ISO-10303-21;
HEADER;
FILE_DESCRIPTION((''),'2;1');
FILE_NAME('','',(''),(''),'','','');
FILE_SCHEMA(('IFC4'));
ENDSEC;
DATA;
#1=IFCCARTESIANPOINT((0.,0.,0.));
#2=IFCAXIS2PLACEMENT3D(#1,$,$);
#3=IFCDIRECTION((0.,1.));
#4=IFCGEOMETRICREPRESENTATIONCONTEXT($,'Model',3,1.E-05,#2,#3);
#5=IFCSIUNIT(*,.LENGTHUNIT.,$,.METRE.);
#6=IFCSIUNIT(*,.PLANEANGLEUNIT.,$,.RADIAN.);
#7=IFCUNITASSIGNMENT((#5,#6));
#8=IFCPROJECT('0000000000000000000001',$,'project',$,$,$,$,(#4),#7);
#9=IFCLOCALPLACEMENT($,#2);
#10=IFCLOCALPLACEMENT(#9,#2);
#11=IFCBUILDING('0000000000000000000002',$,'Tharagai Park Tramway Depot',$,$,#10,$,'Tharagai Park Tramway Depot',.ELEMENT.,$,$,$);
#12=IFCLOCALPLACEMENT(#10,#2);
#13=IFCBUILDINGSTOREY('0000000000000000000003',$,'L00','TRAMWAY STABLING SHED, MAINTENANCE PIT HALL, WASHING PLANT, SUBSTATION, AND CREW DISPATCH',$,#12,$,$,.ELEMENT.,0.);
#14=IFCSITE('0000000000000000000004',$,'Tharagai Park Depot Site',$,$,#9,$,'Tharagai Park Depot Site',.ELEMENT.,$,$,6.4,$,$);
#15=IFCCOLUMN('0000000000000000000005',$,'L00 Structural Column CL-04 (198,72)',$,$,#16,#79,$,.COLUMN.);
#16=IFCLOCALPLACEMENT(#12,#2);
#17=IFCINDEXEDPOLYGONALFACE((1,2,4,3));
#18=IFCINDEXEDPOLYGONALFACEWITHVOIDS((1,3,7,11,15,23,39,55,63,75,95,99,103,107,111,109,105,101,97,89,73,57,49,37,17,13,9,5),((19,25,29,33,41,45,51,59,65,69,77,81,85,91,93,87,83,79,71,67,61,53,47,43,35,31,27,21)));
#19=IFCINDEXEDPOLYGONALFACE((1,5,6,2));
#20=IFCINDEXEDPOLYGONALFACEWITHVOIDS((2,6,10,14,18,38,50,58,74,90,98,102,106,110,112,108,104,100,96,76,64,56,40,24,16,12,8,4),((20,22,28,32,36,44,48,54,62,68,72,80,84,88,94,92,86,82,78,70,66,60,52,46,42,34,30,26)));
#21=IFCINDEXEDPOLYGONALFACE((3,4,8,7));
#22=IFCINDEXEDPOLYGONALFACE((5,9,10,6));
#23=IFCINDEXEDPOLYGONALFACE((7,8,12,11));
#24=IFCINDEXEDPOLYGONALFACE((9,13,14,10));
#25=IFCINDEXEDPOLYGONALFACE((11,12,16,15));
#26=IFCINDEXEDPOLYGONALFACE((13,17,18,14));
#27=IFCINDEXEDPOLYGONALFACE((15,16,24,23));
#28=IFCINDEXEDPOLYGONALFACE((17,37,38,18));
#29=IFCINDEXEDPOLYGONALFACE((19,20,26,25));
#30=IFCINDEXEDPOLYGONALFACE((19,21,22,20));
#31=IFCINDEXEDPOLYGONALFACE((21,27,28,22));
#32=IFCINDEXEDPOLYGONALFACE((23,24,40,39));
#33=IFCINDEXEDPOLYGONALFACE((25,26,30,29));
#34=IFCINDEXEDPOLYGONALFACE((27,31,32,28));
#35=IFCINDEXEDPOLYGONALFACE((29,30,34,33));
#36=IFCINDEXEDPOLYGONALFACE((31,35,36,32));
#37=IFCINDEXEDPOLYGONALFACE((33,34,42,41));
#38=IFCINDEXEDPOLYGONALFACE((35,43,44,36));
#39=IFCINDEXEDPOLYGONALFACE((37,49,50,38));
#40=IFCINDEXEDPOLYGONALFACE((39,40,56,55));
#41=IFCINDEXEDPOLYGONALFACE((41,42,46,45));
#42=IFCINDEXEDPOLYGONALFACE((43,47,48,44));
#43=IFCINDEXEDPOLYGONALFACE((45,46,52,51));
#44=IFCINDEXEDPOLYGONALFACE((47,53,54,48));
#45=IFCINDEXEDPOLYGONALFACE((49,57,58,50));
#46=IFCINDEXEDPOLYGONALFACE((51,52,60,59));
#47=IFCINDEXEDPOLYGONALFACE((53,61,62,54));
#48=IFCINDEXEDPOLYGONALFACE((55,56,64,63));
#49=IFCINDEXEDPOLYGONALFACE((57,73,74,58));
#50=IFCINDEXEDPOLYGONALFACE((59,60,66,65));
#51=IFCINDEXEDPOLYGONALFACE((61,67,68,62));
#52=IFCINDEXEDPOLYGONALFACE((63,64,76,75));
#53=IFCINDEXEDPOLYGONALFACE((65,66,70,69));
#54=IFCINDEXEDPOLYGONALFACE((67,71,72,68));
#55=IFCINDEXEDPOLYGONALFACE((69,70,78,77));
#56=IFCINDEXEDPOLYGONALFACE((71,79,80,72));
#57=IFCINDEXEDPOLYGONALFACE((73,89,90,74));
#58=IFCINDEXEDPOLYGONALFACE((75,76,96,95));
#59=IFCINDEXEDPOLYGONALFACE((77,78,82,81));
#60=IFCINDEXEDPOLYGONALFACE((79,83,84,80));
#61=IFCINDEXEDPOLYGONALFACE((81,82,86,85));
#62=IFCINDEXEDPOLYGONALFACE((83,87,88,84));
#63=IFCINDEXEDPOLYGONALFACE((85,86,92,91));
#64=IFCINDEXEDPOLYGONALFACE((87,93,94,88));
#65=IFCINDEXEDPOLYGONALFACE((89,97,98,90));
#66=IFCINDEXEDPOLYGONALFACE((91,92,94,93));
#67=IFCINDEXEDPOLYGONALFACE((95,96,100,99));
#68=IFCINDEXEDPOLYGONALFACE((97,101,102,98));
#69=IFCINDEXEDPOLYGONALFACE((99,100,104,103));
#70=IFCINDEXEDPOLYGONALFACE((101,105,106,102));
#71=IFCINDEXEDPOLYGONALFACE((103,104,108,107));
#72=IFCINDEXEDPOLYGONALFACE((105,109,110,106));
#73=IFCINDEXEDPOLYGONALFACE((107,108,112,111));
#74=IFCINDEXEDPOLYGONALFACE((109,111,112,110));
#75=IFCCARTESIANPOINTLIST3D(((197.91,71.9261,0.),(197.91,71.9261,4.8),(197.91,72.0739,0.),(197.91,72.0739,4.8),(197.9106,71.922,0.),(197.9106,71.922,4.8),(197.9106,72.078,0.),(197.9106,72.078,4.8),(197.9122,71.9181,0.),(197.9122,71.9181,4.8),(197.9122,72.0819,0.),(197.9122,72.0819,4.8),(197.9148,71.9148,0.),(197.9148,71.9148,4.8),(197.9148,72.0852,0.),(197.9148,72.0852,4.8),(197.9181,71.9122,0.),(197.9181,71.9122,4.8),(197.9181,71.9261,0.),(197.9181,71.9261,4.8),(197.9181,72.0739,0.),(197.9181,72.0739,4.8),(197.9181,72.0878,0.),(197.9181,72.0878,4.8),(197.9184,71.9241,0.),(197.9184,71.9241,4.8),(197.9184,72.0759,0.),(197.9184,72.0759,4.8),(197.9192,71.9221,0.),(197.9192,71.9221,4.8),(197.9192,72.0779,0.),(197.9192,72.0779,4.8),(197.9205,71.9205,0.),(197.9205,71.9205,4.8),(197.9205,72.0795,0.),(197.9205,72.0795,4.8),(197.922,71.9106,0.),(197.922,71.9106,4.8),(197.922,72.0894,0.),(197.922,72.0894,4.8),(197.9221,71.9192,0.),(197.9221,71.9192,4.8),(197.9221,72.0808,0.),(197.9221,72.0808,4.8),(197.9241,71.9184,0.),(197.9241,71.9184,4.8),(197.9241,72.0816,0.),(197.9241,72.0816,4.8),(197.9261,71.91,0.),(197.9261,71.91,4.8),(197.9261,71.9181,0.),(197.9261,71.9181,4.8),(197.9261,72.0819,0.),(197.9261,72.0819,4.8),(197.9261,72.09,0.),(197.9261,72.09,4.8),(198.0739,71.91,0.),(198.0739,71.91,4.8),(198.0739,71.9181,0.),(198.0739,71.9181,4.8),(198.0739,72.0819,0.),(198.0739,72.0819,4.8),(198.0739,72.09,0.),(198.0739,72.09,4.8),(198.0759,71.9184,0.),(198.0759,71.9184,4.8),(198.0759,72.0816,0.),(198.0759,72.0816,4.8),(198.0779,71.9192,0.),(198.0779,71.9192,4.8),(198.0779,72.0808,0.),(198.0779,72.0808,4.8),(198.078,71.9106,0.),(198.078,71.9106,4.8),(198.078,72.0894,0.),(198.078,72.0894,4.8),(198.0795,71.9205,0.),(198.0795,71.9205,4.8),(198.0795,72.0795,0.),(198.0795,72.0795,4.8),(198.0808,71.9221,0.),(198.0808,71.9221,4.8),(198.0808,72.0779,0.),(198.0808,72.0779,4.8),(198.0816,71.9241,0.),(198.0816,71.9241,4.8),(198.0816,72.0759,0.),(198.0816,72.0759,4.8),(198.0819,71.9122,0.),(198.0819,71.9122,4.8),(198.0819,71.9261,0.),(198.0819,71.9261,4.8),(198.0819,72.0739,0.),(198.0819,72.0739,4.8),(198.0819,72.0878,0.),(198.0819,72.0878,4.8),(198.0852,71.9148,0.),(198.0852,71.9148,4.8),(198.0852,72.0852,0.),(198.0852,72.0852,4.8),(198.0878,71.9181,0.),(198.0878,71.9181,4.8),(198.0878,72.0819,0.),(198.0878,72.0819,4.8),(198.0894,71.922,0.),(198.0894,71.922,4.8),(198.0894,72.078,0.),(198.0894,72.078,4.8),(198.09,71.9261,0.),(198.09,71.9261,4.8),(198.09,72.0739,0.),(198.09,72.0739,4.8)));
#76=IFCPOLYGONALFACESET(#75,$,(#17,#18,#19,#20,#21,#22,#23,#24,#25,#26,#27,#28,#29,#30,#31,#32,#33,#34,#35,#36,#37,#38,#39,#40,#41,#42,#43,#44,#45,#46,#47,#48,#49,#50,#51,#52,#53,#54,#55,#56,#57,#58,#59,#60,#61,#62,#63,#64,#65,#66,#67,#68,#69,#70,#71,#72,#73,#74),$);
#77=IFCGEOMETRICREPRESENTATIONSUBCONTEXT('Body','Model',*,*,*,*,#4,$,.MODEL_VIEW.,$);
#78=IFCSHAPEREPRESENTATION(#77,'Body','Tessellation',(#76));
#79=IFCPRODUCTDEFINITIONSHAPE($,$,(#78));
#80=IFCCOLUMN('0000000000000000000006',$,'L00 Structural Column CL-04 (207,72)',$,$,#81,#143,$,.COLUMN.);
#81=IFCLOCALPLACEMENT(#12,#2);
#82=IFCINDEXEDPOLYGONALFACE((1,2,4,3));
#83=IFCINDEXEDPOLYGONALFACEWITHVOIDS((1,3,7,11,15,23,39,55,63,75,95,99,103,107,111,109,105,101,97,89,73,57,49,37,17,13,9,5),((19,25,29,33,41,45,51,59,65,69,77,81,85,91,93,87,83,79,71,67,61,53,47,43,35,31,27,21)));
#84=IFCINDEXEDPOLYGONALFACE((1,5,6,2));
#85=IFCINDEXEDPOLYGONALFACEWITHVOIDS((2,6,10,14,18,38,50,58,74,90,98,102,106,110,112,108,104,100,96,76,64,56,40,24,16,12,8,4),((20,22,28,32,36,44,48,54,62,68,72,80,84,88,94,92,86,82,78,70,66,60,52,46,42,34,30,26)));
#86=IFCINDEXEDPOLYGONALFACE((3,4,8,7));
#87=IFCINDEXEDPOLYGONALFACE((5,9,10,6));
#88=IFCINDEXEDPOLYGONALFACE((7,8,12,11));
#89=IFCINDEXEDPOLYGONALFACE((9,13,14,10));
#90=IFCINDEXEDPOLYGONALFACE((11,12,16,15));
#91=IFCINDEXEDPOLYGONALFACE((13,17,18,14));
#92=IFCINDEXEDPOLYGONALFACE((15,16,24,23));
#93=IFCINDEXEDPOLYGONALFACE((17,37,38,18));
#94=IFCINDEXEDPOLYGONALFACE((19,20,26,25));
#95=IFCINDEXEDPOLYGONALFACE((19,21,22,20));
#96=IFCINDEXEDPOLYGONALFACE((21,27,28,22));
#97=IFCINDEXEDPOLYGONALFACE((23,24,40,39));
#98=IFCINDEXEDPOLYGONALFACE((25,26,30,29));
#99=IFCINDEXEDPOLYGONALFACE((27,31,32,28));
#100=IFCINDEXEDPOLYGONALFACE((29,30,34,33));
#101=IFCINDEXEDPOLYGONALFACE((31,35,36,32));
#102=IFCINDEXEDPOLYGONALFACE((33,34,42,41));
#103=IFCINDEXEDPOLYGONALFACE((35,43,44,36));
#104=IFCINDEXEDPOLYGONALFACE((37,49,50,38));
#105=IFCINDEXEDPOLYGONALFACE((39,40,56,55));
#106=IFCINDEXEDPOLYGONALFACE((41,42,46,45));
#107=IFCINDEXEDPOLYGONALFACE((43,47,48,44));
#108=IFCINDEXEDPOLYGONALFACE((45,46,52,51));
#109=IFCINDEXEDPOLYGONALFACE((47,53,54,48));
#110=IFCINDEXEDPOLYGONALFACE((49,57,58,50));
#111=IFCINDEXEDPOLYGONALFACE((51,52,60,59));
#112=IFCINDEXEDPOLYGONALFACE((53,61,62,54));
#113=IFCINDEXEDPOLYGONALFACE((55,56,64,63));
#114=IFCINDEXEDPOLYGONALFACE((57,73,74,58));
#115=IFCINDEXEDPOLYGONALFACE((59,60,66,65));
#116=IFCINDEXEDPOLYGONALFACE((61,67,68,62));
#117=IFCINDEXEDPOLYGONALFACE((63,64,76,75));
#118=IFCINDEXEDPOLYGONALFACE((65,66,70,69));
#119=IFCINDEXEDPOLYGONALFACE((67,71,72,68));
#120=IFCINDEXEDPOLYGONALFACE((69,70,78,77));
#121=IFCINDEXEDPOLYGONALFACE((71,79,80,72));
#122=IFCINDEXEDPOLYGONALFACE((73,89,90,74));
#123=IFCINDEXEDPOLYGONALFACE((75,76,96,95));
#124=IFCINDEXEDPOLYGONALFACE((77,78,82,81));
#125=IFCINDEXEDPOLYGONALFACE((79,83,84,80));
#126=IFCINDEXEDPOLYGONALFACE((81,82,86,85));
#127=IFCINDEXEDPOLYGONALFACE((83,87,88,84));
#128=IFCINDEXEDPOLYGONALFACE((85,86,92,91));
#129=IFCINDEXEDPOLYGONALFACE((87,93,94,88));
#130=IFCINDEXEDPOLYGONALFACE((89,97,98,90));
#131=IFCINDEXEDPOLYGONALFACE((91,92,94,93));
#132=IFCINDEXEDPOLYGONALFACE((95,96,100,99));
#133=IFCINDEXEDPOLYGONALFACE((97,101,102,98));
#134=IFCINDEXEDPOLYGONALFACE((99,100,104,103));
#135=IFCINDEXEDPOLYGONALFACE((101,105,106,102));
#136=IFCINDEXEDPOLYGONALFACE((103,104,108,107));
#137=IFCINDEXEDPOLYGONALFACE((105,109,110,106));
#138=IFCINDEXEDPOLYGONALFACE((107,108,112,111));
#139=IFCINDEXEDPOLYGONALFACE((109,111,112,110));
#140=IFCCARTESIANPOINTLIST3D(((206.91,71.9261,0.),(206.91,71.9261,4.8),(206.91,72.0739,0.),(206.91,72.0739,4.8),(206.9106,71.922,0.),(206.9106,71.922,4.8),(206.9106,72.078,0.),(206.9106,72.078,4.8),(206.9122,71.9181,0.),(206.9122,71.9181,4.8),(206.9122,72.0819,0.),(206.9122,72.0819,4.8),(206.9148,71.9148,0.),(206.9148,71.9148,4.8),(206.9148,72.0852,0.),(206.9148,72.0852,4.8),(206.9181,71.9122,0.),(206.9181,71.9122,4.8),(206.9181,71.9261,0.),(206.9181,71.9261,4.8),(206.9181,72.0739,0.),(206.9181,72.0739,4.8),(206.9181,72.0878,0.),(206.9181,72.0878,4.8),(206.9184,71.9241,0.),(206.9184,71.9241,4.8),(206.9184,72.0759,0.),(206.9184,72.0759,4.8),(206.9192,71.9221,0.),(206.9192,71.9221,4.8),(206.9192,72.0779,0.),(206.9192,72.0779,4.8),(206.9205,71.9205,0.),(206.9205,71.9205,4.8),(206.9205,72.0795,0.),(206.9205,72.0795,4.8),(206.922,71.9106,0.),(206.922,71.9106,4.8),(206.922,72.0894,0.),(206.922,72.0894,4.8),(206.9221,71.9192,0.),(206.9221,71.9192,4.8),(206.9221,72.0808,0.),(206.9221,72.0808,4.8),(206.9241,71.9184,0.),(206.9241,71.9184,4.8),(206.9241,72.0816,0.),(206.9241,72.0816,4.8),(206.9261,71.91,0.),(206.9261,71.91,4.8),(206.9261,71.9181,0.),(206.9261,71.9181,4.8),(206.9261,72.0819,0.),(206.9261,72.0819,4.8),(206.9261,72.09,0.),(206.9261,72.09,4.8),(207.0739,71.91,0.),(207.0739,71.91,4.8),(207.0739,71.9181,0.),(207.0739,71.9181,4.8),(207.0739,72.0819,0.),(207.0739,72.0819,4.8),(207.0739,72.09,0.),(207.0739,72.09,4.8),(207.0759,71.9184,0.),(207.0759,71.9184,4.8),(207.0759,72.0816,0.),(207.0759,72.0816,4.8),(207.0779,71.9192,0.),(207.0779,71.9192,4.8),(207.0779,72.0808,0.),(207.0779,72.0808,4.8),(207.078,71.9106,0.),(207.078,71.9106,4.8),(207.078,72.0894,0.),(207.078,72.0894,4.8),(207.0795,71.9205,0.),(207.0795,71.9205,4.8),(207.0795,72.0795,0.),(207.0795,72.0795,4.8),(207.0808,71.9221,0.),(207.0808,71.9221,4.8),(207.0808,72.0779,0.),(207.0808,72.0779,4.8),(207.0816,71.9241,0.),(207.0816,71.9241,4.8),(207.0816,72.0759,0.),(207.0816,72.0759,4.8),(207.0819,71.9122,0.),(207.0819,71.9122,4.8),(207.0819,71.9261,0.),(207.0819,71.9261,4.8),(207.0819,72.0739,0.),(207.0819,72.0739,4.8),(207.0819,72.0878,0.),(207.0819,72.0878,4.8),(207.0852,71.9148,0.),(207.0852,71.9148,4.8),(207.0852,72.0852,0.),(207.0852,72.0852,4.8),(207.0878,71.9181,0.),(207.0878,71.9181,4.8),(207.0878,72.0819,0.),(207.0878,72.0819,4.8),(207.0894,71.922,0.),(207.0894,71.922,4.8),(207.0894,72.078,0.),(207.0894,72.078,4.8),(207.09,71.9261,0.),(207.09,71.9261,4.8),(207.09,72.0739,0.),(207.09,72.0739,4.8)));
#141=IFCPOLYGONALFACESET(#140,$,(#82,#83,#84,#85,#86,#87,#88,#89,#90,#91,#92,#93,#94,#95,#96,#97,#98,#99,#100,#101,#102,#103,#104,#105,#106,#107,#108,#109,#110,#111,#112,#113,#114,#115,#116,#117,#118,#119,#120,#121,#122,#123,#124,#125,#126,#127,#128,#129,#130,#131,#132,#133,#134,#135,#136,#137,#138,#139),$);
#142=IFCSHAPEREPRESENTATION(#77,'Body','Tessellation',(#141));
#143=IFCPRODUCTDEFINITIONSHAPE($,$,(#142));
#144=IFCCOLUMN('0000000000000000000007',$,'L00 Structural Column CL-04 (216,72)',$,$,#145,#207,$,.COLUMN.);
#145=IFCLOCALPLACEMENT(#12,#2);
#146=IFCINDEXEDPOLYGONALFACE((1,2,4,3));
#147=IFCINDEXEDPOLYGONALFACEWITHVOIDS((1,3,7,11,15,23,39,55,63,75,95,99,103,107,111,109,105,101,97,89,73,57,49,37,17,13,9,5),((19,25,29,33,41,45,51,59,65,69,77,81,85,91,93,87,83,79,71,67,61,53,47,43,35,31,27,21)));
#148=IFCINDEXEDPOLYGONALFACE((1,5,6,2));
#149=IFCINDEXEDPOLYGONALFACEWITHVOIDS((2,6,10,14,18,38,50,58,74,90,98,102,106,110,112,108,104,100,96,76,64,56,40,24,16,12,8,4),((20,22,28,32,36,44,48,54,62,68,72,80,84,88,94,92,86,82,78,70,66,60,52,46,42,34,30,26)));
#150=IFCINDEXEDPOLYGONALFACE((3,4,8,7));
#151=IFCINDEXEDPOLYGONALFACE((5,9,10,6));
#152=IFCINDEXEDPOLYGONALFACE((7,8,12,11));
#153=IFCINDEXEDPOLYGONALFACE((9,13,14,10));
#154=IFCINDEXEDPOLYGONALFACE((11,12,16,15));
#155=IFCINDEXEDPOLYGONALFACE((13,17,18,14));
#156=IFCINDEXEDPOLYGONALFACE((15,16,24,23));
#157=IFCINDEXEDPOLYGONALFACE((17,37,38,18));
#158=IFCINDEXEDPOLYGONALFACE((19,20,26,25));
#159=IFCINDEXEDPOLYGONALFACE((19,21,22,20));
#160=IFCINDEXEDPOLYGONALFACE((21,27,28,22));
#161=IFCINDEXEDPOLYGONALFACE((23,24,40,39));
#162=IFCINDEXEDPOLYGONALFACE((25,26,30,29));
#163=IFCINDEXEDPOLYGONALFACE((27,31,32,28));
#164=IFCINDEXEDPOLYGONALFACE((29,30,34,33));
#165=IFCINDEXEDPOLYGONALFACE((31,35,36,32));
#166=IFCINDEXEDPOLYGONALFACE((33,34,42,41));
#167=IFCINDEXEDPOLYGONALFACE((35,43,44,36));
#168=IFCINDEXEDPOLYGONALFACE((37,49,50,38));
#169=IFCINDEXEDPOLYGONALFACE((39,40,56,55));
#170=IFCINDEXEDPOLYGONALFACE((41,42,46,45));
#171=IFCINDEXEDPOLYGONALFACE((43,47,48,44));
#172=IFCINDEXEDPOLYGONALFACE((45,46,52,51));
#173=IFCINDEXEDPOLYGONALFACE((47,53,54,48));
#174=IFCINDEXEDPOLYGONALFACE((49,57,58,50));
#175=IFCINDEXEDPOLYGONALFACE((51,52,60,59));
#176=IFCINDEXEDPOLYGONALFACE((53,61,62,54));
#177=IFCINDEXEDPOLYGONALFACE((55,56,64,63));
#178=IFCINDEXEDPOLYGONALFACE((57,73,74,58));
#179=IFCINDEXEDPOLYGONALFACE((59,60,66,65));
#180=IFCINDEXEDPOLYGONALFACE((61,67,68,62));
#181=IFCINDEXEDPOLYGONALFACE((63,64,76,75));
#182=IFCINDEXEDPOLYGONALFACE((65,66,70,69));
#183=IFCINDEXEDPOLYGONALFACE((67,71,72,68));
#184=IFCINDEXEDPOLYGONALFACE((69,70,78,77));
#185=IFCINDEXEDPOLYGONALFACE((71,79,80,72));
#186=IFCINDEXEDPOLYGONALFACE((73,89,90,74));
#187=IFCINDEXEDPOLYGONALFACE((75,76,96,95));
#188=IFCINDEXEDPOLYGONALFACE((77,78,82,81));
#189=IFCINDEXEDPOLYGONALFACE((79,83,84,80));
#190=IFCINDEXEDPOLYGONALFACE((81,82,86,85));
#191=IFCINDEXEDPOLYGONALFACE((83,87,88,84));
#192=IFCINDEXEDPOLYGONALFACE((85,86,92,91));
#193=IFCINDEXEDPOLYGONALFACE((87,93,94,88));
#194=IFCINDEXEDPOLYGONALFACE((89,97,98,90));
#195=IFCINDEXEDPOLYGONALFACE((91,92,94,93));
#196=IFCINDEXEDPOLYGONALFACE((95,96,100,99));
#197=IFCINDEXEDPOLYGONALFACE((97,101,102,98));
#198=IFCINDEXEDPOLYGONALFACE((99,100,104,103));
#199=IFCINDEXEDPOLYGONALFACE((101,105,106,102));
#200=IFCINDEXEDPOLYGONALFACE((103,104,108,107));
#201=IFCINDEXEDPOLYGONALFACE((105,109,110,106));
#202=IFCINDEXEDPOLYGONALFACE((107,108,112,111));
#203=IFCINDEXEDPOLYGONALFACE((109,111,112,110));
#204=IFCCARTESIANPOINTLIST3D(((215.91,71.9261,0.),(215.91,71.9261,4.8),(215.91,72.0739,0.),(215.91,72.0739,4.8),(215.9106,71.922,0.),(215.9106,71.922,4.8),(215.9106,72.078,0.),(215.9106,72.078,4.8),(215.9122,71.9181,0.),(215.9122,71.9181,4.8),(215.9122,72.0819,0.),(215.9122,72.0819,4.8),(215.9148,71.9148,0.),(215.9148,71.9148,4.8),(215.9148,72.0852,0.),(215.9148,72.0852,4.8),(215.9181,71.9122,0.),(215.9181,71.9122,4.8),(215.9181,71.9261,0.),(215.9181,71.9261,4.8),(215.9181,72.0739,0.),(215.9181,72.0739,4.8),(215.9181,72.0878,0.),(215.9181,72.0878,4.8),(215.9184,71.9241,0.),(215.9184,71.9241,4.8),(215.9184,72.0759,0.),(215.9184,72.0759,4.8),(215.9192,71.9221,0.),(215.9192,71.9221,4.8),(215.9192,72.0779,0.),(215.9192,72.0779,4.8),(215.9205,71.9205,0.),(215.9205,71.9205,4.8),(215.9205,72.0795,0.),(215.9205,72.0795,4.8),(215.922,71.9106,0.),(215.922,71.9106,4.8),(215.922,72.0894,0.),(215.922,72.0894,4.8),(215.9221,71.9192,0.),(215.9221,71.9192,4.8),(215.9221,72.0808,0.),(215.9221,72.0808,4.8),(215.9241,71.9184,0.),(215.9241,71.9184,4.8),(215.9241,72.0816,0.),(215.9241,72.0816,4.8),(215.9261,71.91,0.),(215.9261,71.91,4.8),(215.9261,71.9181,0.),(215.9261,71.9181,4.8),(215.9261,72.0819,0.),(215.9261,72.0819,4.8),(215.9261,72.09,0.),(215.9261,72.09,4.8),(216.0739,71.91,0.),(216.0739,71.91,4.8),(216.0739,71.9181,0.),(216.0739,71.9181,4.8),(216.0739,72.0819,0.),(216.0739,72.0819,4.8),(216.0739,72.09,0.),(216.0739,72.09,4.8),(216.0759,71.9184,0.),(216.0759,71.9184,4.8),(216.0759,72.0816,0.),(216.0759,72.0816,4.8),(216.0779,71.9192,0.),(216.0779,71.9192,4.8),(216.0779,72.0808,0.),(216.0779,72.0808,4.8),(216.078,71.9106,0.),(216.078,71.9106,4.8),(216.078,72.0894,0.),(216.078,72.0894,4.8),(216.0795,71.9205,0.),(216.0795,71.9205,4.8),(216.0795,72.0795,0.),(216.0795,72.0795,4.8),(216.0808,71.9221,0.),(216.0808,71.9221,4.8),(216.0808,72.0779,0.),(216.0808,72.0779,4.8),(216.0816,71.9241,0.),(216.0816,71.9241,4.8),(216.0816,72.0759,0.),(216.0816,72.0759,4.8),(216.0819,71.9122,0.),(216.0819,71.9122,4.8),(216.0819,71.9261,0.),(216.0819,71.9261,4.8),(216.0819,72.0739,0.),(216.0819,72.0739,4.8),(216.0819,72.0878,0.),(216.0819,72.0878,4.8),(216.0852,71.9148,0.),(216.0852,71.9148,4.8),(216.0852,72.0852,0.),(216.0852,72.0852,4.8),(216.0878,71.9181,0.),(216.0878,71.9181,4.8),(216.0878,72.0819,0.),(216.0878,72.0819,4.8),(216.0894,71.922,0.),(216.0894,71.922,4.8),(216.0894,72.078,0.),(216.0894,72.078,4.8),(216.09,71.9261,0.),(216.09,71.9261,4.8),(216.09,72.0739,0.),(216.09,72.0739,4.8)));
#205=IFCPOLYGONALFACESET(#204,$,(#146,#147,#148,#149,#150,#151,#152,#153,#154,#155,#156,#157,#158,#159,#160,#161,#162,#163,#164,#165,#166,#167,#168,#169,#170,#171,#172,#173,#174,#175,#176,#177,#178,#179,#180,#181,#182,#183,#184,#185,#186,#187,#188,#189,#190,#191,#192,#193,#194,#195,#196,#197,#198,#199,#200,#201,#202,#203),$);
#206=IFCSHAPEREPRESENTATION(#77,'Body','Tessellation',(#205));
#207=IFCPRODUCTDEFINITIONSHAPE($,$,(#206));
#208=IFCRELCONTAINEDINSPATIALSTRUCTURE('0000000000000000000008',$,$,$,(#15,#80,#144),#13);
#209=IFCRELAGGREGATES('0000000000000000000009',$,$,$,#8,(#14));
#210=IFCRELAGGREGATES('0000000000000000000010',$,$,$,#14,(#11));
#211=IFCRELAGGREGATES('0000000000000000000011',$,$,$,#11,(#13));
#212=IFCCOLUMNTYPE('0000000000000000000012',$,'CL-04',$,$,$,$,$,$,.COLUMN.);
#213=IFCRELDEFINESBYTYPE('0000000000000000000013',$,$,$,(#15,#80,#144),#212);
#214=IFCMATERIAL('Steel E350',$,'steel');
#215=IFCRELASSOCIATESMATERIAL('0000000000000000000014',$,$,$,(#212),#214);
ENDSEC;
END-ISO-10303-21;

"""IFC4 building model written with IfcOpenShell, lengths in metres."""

from ifc_helpers import new_model, si_unit, direction, frame, origin, origin_2d, place, context, subcontext, project, spatial, hollow_rectangle, extrude, material, material_profile, profile_set, type_object, element, save


model = new_model("IFC4")

# Units and contexts
model_context = context("Model", 3, precision=1e-05, world=origin(), true_north=direction((0.0, 1.0)))
body_context = subcontext(model_context, "Body", "Model", "MODEL_VIEW")
ifc_project = project(units=[si_unit("LENGTHUNIT", "METRE"), si_unit("PLANEANGLEUNIT", "RADIAN")], contexts=[model_context])

# Site, building, storey
site_placement = place(None, origin())
site = spatial("IfcSite", under=ifc_project, at=site_placement, Name="Tharagai Park Depot Site", LongName="Tharagai Park Depot Site", CompositionType="ELEMENT", RefElevation=6.4)
building_placement = place(site_placement, origin())
building = spatial("IfcBuilding", under=site, at=building_placement, Name="Tharagai Park Tramway Depot", LongName="Tharagai Park Tramway Depot", CompositionType="ELEMENT")
storey_placement = place(building_placement, origin())
storey = spatial("IfcBuildingStorey", under=building, at=storey_placement, Name="L00", Description="TRAMWAY STABLING SHED, MAINTENANCE PIT HALL, WASHING PLANT, SUBSTATION, AND CREW DISPATCH", CompositionType="ELEMENT", Elevation=0.0)

# Columns
ifc_material_1 = material(Name="Steel E350", Category="steel")
ifc_material_profile_1 = material_profile(ifc_material_1, hollow_rectangle(XDim=0.1799, YDim=0.1799, WallThickness=0.0081, InnerFilletRadius=0.0081, OuterFilletRadius=0.0161, at=origin_2d()), Name="SHS 180x180x8")
ifc_profile_set_1 = profile_set([ifc_material_profile_1], Name="Steel E350")
column_type_1 = type_object("IfcColumnType", Name="CL-04", PredefinedType="COLUMN", material=ifc_profile_set_1)
for number, where, z_axis, x_axis, name in (
    (1, (198.0, 72.0, 0.0), (0.0, 0.0, 1.0), (1.0, 0.0, 0.0), "L00 Structural Column CL-04 (198,72)"),
    (2, (207.0, 72.0, 0.0), (0.0, 0.0, 1.0), (1.0, 0.0, 0.0), "L00 Structural Column CL-04 (207,72)"),
    (3, (216.0, 72.0, 0.0), (0.0, 0.0, 1.0), (1.0, 0.0, 0.0), "L00 Structural Column CL-04 (216,72)"),
):
    element("IfcColumn", number, at=place(storey_placement, frame(where, z_axis=z_axis, x_axis=x_axis)), inside=storey, type_object=column_type_1, Name=name, PredefinedType="COLUMN", context=body_context, shape_type="SweptSolid", body=[
        extrude(hollow_rectangle(XDim=0.1799, YDim=0.1799, WallThickness=0.0081, InnerFilletRadius=0.0081, OuterFilletRadius=0.0161, at=origin_2d()), origin(), (0.0, 0.0, 1.0), 4.8),
    ])

save(model, "model.ifc")
